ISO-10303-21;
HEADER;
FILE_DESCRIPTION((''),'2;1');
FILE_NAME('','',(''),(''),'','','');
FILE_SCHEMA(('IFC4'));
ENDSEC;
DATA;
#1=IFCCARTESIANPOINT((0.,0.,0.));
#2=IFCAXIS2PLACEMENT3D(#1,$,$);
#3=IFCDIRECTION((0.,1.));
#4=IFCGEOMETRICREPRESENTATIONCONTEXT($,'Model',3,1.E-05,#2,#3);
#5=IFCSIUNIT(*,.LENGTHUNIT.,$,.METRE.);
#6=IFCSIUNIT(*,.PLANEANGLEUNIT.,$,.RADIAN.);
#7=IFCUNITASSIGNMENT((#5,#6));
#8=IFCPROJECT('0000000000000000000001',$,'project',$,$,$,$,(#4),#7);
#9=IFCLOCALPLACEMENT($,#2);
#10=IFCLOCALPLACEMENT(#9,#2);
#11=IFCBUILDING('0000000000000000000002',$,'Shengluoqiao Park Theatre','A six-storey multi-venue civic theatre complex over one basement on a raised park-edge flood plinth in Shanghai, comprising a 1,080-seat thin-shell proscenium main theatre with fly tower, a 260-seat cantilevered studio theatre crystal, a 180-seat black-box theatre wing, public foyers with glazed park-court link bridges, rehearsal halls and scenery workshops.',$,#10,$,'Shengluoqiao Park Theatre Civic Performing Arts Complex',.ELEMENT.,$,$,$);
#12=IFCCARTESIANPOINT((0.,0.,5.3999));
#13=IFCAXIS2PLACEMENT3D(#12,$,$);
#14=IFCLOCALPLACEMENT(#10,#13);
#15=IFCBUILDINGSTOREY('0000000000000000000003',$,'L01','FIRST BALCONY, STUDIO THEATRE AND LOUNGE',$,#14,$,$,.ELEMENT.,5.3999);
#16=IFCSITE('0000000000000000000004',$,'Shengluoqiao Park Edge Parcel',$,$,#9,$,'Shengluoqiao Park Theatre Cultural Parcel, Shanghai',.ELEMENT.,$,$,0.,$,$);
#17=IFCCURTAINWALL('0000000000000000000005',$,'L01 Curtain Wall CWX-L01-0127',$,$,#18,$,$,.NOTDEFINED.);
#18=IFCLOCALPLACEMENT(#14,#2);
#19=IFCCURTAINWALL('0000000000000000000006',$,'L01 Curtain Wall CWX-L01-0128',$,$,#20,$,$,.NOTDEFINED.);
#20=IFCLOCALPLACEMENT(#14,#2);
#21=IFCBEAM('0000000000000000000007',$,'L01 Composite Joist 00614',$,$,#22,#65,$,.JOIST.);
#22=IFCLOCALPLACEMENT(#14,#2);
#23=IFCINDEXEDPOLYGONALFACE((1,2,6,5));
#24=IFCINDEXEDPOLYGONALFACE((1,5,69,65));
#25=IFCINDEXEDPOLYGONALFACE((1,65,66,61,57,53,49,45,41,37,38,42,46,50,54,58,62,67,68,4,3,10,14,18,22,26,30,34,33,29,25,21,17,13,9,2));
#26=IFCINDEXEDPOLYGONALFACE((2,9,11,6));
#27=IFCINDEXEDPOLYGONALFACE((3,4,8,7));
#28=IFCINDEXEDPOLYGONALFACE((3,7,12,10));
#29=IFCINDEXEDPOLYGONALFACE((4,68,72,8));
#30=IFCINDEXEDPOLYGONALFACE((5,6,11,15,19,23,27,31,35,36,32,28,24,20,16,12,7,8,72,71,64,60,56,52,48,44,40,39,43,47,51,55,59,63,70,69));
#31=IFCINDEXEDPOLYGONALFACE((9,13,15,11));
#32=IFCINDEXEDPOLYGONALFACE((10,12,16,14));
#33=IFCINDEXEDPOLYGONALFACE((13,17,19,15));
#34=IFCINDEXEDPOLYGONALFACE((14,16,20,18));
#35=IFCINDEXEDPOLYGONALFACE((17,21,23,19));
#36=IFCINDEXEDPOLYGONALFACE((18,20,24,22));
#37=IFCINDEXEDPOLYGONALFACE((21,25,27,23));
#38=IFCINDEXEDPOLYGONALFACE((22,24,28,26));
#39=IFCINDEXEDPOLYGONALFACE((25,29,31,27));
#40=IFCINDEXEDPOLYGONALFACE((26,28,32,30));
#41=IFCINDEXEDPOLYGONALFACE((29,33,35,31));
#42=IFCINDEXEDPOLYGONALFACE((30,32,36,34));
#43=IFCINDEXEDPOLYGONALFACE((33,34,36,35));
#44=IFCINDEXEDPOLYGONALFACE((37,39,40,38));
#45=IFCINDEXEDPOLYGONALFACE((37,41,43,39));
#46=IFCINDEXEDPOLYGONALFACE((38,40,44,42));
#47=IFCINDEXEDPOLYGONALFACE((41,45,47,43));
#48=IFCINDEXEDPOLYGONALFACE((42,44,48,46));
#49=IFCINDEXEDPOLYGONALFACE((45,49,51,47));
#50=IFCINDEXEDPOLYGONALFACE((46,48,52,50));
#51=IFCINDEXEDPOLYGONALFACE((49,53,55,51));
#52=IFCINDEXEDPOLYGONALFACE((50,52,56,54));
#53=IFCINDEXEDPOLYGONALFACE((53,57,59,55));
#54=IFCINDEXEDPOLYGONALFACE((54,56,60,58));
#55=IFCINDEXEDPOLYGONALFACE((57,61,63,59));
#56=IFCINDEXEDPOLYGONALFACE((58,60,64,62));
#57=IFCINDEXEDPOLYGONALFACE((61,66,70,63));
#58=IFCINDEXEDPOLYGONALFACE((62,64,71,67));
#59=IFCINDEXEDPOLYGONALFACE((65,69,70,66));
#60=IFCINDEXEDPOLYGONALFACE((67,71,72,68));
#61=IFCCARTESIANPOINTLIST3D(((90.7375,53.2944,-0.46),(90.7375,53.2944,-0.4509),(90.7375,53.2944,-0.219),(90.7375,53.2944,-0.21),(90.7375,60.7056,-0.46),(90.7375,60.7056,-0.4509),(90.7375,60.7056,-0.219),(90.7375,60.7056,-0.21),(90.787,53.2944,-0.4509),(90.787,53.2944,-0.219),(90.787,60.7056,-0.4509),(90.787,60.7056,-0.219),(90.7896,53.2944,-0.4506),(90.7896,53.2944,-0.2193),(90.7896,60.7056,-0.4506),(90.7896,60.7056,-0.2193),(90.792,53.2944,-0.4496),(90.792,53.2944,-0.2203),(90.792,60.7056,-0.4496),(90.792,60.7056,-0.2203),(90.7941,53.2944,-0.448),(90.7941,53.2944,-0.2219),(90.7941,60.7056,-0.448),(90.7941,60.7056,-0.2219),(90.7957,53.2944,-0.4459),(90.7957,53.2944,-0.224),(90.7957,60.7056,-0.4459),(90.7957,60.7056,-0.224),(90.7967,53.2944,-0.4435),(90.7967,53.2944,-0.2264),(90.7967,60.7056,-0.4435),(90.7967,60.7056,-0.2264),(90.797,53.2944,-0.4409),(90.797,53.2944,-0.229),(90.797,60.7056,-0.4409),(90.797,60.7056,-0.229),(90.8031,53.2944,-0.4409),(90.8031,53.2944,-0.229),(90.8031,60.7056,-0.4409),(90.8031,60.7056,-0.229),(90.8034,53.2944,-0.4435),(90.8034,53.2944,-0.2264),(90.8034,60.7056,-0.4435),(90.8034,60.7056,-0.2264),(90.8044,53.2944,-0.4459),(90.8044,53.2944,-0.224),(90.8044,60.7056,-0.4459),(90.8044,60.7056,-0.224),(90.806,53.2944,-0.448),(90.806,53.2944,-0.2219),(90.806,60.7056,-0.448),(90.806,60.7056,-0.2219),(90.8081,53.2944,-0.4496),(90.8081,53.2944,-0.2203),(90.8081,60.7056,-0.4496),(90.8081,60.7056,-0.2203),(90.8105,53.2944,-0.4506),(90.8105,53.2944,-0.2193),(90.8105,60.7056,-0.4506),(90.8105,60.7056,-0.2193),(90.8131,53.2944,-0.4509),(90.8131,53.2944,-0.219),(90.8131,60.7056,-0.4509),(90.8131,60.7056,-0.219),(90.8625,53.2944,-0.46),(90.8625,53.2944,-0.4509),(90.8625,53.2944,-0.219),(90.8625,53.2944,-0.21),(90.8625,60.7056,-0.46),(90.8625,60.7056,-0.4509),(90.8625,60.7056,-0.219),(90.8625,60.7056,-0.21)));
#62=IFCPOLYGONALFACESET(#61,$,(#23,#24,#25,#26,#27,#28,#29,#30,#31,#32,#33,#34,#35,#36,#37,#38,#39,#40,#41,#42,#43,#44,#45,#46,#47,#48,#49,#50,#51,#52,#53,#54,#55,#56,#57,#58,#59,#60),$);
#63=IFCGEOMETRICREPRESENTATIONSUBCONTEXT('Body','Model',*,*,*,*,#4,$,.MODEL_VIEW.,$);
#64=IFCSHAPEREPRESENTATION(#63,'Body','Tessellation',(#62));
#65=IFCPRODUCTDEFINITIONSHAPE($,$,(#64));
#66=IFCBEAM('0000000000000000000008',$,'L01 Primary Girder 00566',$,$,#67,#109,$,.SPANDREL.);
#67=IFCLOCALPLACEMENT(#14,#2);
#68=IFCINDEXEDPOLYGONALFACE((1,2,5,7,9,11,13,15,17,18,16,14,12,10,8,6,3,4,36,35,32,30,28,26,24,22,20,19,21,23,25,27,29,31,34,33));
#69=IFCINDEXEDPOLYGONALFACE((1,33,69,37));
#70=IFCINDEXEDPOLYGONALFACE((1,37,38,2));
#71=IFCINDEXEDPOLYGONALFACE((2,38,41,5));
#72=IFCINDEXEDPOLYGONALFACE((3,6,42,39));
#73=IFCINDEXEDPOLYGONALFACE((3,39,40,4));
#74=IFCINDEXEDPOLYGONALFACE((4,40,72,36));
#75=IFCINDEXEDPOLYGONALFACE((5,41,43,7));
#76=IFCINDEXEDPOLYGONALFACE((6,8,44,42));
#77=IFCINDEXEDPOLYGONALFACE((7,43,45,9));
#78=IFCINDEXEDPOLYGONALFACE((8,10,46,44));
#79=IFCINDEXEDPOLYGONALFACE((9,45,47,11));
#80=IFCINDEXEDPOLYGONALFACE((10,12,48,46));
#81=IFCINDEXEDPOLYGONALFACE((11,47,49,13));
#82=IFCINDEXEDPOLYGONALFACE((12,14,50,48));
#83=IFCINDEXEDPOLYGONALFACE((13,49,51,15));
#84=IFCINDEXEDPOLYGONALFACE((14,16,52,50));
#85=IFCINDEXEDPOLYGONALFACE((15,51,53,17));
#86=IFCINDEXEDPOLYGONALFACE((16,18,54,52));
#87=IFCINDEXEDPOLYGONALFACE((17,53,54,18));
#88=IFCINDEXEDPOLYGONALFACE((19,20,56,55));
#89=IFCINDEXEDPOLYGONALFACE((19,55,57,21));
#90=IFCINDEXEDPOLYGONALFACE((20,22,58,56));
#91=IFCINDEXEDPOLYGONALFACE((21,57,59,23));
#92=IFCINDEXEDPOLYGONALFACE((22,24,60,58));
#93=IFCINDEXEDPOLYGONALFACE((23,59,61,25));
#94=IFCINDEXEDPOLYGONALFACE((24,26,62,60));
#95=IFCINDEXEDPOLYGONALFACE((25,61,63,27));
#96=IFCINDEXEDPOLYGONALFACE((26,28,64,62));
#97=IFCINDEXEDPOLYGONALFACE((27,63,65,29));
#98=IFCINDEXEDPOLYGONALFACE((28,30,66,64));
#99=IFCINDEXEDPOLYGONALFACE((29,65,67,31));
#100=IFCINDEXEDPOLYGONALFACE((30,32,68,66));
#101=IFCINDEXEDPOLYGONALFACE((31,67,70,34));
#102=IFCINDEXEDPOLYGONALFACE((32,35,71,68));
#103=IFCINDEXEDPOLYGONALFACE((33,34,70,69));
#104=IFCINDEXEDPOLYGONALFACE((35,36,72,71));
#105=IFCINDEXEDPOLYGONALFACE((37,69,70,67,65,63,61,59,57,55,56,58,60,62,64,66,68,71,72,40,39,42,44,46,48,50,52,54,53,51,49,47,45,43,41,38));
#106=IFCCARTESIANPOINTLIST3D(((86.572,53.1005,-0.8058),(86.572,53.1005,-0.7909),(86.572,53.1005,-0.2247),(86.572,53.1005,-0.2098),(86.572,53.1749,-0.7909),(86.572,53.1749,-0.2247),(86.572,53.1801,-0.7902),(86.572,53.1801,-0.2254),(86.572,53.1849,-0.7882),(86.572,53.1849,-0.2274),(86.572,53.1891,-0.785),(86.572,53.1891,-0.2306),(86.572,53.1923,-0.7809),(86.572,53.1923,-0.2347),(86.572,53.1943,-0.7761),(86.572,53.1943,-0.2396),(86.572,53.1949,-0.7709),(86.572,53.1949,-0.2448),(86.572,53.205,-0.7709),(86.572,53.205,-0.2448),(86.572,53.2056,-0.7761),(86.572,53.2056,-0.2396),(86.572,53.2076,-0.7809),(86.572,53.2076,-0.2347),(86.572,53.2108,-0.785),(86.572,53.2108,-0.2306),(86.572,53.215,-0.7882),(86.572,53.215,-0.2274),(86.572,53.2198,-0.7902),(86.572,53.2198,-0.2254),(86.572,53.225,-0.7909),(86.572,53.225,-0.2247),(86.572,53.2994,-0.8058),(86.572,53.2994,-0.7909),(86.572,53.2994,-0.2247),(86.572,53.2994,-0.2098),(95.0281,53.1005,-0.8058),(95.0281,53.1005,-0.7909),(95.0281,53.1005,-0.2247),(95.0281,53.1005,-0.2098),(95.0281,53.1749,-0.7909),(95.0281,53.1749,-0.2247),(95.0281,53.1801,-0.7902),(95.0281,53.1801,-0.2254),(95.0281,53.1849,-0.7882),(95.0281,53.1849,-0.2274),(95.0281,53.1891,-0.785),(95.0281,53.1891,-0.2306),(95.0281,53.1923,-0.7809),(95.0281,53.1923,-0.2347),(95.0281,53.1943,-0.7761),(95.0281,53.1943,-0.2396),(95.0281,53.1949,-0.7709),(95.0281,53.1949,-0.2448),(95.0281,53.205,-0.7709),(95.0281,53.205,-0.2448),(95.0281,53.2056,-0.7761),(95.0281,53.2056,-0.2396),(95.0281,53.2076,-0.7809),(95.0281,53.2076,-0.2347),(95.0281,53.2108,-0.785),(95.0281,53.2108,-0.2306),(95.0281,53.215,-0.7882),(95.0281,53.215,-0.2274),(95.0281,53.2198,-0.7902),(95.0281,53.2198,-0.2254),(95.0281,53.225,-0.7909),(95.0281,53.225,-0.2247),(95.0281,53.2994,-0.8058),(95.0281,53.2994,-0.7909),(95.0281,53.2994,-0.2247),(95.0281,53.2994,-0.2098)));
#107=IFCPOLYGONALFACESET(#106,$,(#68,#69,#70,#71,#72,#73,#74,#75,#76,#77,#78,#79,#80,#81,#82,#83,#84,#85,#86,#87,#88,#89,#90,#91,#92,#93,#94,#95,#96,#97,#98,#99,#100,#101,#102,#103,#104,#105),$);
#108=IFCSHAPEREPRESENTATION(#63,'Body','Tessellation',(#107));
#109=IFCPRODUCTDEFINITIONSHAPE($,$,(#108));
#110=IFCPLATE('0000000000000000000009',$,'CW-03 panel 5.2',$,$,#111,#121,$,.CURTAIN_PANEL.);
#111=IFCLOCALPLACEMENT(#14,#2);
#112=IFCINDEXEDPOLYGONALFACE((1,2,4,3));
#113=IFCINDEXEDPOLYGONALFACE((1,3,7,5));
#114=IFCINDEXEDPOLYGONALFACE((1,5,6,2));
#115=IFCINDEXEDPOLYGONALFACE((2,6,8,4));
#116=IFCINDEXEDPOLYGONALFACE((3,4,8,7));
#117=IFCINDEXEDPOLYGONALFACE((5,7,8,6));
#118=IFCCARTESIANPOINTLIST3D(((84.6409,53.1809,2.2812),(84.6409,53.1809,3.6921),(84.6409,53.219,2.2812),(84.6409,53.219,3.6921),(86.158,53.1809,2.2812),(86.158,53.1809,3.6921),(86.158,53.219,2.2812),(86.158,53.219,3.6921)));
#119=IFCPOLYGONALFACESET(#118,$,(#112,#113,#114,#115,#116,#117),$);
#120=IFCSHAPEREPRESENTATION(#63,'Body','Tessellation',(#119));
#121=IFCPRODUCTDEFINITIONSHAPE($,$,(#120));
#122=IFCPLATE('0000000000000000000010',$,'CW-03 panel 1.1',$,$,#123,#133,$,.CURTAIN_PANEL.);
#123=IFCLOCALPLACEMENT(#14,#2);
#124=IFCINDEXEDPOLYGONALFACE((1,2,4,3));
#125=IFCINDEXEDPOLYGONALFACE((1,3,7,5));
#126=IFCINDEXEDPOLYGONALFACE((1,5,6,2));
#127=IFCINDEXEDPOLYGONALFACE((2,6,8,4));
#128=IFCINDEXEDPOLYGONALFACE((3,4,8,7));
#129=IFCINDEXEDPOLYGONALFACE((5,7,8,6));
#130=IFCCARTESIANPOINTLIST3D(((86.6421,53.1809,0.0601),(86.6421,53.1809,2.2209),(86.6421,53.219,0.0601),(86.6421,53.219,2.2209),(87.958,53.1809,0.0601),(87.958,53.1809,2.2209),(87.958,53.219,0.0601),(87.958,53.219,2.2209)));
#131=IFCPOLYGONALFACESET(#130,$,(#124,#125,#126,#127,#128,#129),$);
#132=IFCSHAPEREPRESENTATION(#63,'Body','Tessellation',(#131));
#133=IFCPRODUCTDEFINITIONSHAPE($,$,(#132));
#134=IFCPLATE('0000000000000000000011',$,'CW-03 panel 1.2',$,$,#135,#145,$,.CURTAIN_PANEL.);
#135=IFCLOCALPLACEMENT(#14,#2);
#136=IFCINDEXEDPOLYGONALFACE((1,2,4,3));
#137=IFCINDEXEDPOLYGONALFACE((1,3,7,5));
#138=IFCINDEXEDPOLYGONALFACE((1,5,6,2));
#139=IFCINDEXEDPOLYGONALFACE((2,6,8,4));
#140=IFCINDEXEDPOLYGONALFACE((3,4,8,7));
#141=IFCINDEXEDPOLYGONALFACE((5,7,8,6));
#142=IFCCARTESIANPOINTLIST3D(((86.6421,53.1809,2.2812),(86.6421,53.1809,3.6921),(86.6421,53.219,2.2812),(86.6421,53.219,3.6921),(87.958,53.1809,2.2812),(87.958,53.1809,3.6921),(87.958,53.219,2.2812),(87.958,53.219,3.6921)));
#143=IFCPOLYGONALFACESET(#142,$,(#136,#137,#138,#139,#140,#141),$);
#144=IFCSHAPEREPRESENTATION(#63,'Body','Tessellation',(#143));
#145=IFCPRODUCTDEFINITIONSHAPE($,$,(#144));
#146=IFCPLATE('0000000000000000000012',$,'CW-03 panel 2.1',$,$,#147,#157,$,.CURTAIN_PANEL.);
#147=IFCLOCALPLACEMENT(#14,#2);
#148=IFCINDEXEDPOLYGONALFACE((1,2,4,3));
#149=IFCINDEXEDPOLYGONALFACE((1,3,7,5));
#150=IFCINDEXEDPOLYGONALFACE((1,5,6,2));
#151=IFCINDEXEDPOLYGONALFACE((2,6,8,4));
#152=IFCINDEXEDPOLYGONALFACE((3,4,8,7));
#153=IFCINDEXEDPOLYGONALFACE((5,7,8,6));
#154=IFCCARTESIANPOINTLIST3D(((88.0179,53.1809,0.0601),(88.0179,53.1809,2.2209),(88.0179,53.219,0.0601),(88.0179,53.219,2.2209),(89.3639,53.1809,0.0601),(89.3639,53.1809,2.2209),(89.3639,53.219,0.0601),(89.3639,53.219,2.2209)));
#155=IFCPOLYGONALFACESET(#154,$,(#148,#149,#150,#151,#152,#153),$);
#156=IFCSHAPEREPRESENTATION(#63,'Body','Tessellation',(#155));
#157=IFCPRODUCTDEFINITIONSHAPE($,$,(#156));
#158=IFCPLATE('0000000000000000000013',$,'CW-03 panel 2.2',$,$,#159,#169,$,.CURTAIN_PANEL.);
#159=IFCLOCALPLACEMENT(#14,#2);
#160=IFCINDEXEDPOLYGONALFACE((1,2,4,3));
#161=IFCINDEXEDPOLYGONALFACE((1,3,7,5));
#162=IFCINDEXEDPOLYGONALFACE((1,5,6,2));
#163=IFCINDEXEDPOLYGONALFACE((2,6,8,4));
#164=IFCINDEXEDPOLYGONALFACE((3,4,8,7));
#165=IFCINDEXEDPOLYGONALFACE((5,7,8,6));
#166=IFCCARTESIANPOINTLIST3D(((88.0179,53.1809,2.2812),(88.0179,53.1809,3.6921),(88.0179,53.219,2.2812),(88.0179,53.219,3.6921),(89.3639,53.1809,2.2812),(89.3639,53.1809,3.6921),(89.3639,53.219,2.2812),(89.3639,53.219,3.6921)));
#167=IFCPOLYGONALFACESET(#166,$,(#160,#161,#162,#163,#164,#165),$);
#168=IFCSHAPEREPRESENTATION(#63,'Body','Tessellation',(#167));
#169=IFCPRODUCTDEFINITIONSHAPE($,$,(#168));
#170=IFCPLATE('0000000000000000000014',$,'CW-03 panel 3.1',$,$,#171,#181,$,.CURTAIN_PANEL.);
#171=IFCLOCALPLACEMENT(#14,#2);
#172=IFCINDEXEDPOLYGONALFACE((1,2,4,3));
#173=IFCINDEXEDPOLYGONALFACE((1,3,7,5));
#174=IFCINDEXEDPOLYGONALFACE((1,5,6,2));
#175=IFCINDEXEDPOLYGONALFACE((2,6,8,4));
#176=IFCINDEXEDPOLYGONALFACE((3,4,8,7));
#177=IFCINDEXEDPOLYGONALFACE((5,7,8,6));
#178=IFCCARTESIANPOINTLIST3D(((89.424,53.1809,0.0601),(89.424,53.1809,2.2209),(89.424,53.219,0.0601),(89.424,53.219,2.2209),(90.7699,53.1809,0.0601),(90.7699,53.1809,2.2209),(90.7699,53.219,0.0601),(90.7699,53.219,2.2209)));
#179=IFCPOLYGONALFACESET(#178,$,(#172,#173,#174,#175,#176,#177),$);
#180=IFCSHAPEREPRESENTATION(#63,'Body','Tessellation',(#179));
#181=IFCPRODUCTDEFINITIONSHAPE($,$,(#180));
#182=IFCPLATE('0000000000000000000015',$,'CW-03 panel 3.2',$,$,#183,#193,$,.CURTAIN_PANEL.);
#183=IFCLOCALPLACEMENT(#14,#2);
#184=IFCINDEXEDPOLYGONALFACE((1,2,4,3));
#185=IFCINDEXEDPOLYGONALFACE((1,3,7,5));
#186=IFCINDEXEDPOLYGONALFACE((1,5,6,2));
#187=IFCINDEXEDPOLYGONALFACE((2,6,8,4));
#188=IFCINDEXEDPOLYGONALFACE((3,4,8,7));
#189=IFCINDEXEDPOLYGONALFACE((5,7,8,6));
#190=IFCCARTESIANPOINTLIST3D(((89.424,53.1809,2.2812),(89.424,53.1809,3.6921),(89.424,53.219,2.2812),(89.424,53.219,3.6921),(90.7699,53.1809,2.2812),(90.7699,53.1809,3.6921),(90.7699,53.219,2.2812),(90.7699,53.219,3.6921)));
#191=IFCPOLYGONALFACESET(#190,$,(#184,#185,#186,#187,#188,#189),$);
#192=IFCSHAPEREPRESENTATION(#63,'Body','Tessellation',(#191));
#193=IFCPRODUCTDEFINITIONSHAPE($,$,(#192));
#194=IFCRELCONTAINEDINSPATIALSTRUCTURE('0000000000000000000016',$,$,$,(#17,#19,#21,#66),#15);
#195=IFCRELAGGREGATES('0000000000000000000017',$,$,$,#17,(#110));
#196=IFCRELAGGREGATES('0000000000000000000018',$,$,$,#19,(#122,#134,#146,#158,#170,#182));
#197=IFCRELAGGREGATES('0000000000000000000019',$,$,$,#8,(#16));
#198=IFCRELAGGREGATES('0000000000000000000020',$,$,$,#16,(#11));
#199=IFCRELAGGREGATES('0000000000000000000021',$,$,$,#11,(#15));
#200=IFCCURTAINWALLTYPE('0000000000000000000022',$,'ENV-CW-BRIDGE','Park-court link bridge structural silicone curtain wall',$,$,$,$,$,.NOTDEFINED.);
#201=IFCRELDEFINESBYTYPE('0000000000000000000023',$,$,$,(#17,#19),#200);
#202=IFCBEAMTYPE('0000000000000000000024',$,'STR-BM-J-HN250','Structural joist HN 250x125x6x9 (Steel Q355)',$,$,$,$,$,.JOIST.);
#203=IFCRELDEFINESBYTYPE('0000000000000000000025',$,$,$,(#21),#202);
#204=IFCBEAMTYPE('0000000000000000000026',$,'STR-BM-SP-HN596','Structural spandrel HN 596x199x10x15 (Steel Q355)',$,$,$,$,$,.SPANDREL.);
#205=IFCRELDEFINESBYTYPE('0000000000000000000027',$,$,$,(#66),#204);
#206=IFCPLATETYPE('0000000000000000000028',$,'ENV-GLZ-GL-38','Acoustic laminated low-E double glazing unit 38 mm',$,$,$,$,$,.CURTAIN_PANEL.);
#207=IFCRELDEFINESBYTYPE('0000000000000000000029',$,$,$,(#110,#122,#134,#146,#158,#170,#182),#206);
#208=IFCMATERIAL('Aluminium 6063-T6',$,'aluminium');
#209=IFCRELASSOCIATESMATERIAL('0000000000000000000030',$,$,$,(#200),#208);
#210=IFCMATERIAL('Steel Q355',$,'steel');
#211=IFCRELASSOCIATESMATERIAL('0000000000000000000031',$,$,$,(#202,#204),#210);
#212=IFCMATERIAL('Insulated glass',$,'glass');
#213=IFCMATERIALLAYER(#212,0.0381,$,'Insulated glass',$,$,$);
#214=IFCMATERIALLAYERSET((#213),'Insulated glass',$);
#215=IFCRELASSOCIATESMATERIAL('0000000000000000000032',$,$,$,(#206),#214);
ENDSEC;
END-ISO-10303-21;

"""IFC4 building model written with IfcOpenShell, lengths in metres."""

from ifc_helpers import new_model, si_unit, direction, frame, origin, origin_2d, place, context, subcontext, project, spatial, rectangle, i_section, extrude, material, layer, layer_set, material_profile, profile_set, type_object, element, aggregate, save


model = new_model("IFC4")

# Units and contexts
model_context = context("Model", 3, precision=1e-05, world=origin(), true_north=direction((0.0, 1.0)))
body_context = subcontext(model_context, "Body", "Model", "MODEL_VIEW")
ifc_project = project(units=[si_unit("LENGTHUNIT", "METRE"), si_unit("PLANEANGLEUNIT", "RADIAN")], contexts=[model_context])

# Site, building, storey
site_placement = place(None, origin())
site = spatial("IfcSite", under=ifc_project, at=site_placement, Name="Shengluoqiao Park Edge Parcel", LongName="Shengluoqiao Park Theatre Cultural Parcel, Shanghai", CompositionType="ELEMENT", RefElevation=0.0)
building_placement = place(site_placement, origin())
building = spatial("IfcBuilding", under=site, at=building_placement, Name="Shengluoqiao Park Theatre", Description="A six-storey multi-venue civic theatre complex over one basement on a raised park-edge flood plinth in Shanghai, comprising a 1,080-seat thin-shell proscenium main theatre with fly tower, a 260-seat cantilevered studio theatre crystal, a 180-seat black-box theatre wing, public foyers with glazed park-court link bridges, rehearsal halls and scenery workshops.", LongName="Shengluoqiao Park Theatre Civic Performing Arts Complex", CompositionType="ELEMENT")
storey_placement = place(building_placement, frame((0.0, 0.0, 5.3999)))
storey = spatial("IfcBuildingStorey", under=building, at=storey_placement, Name="L01", Description="FIRST BALCONY, STUDIO THEATRE AND LOUNGE", CompositionType="ELEMENT", Elevation=5.3999)

# Shared definitions
ifc_material_1 = material(Name="Steel Q355", Category="steel")

# Curtain wall
ifc_material_2 = material(Name="Aluminium 6063-T6", Category="aluminium")
curtain_wall_type = type_object("IfcCurtainWallType", Name="ENV-CW-BRIDGE", Description="Park-court link bridge structural silicone curtain wall", PredefinedType="NOTDEFINED", material=ifc_material_2)
curtain_wall_1_placement = place(storey_placement, origin())
curtain_wall_1 = element("IfcCurtainWall", 1, at=curtain_wall_1_placement, inside=storey, type_object=curtain_wall_type, Name="L01 Curtain Wall CWX-L01-0127", PredefinedType="NOTDEFINED")

# Curtain wall
curtain_wall_2_placement = place(storey_placement, origin())
curtain_wall_2 = element("IfcCurtainWall", 2, at=curtain_wall_2_placement, inside=storey, type_object=curtain_wall_type, Name="L01 Curtain Wall CWX-L01-0128", PredefinedType="NOTDEFINED")

# Beams
ifc_material_profile_1 = material_profile(ifc_material_1, i_section(OverallWidth=0.125, OverallDepth=0.25, WebThickness=0.0061, FlangeThickness=0.009, FilletRadius=0.01, at=origin_2d()), Name="HN 250x125x6x9")
ifc_profile_set_1 = profile_set([ifc_material_profile_1], Name="Steel Q355")
beam_type_1 = type_object("IfcBeamType", Name="STR-BM-J-HN250", Description="Structural joist HN 250x125x6x9 (Steel Q355)", PredefinedType="JOIST", material=ifc_profile_set_1)
for number, where, z_axis, x_axis, name in (
    (3, (90.8, 53.2944, -0.335), (0.0, 1.0, 0.0), (-1.0, 0.0, 0.0), "L01 Composite Joist 00614"),
):
    element("IfcBeam", number, at=place(storey_placement, frame(where, z_axis=z_axis, x_axis=x_axis)), inside=storey, type_object=beam_type_1, Name=name, PredefinedType="JOIST", context=body_context, shape_type="SweptSolid", body=[
        extrude(i_section(OverallWidth=0.125, OverallDepth=0.25, WebThickness=0.0061, FlangeThickness=0.009, FilletRadius=0.01, at=origin_2d()), origin(), (0.0, 0.0, 1.0), 7.4111),
    ])
ifc_material_profile_2 = material_profile(ifc_material_1, i_section(OverallWidth=0.199, OverallDepth=0.5959, WebThickness=0.01, FlangeThickness=0.0149, FilletRadius=0.02, at=origin_2d()), Name="HN 596x199x10x15")
ifc_profile_set_2 = profile_set([ifc_material_profile_2], Name="Steel Q355")
beam_type_2 = type_object("IfcBeamType", Name="STR-BM-SP-HN596", Description="Structural spandrel HN 596x199x10x15 (Steel Q355)", PredefinedType="SPANDREL", material=ifc_profile_set_2)
beam_1_placement = place(storey_placement, frame((86.572, 53.2, -0.5078), z_axis=(1.0, 0.0, 0.0), x_axis=(0.0, 1.0, 0.0)))
element("IfcBeam", 4, at=beam_1_placement, inside=storey, type_object=beam_type_2, Name="L01 Primary Girder 00566", PredefinedType="SPANDREL", context=body_context, shape_type="SweptSolid", body=[
    extrude(i_section(OverallWidth=0.199, OverallDepth=0.5959, WebThickness=0.01, FlangeThickness=0.0149, FilletRadius=0.02, at=origin_2d()), origin(), (0.0, 0.0, 1.0), 8.4561),
])

# Plates
ifc_material_3 = material(Name="Insulated glass", Category="glass")
ifc_layer_1 = layer(ifc_material_3, 0.0381, Name="Insulated glass")
ifc_layer_set_1 = layer_set([ifc_layer_1], Name="Insulated glass")
plate_type_1 = type_object("IfcPlateType", Name="ENV-GLZ-GL-38", Description="Acoustic laminated low-E double glazing unit 38 mm", PredefinedType="CURTAIN_PANEL", material=ifc_layer_set_1)
plate_1_placement = place(storey_placement, frame((85.3994, 53.2, 2.2812), z_axis=(0.0, 0.0, 1.0), x_axis=(1.0, 0.0, 0.0)))
plate_1 = element("IfcPlate", 5, at=plate_1_placement, type_object=plate_type_1, Name="CW-03 panel 5.2", PredefinedType="CURTAIN_PANEL", context=body_context, shape_type="SweptSolid", body=[
    extrude(rectangle(XDim=1.5171, YDim=0.0381, at=origin_2d()), origin(), (0.0, 0.0, 1.0), 1.4109),
])
aggregate(curtain_wall_1, [plate_1])
plate_2_placement = place(storey_placement, frame((87.3, 53.2, 0.0601), z_axis=(0.0, 0.0, 1.0), x_axis=(1.0, 0.0, 0.0)))
plate_2 = element("IfcPlate", 6, at=plate_2_placement, type_object=plate_type_1, Name="CW-03 panel 1.1", PredefinedType="CURTAIN_PANEL", context=body_context, shape_type="SweptSolid", body=[
    extrude(rectangle(XDim=1.3159, YDim=0.0381, at=origin_2d()), origin(), (0.0, 0.0, 1.0), 2.1609),
])
plate_3_placement = place(storey_placement, frame((87.3, 53.2, 2.2812), z_axis=(0.0, 0.0, 1.0), x_axis=(1.0, 0.0, 0.0)))
plate_3 = element("IfcPlate", 7, at=plate_3_placement, type_object=plate_type_1, Name="CW-03 panel 1.2", PredefinedType="CURTAIN_PANEL", context=body_context, shape_type="SweptSolid", body=[
    extrude(rectangle(XDim=1.3159, YDim=0.0381, at=origin_2d()), origin(), (0.0, 0.0, 1.0), 1.4109),
])
plate_4_placement = place(storey_placement, frame((88.6909, 53.2, 0.0601), z_axis=(0.0, 0.0, 1.0), x_axis=(1.0, 0.0, 0.0)))
plate_4 = element("IfcPlate", 8, at=plate_4_placement, type_object=plate_type_1, Name="CW-03 panel 2.1", PredefinedType="CURTAIN_PANEL", context=body_context, shape_type="SweptSolid", body=[
    extrude(rectangle(XDim=1.3459, YDim=0.0381, at=origin_2d()), origin(), (0.0, 0.0, 1.0), 2.1609),
])
plate_5_placement = place(storey_placement, frame((88.6909, 53.2, 2.2812), z_axis=(0.0, 0.0, 1.0), x_axis=(1.0, 0.0, 0.0)))
plate_5 = element("IfcPlate", 9, at=plate_5_placement, type_object=plate_type_1, Name="CW-03 panel 2.2", PredefinedType="CURTAIN_PANEL", context=body_context, shape_type="SweptSolid", body=[
    extrude(rectangle(XDim=1.3459, YDim=0.0381, at=origin_2d()), origin(), (0.0, 0.0, 1.0), 1.4109),
])
plate_6_placement = place(storey_placement, frame((90.0969, 53.2, 0.0601), z_axis=(0.0, 0.0, 1.0), x_axis=(1.0, 0.0, 0.0)))
plate_6 = element("IfcPlate", 10, at=plate_6_placement, type_object=plate_type_1, Name="CW-03 panel 3.1", PredefinedType="CURTAIN_PANEL", context=body_context, shape_type="SweptSolid", body=[
    extrude(rectangle(XDim=1.3459, YDim=0.0381, at=origin_2d()), origin(), (0.0, 0.0, 1.0), 2.1609),
])
plate_7_placement = place(storey_placement, frame((90.0969, 53.2, 2.2812), z_axis=(0.0, 0.0, 1.0), x_axis=(1.0, 0.0, 0.0)))
plate_7 = element("IfcPlate", 11, at=plate_7_placement, type_object=plate_type_1, Name="CW-03 panel 3.2", PredefinedType="CURTAIN_PANEL", context=body_context, shape_type="SweptSolid", body=[
    extrude(rectangle(XDim=1.3459, YDim=0.0381, at=origin_2d()), origin(), (0.0, 0.0, 1.0), 1.4109),
])
aggregate(curtain_wall_2, [plate_2, plate_3, plate_4, plate_5, plate_6, plate_7])

save(model, "model.ifc")
